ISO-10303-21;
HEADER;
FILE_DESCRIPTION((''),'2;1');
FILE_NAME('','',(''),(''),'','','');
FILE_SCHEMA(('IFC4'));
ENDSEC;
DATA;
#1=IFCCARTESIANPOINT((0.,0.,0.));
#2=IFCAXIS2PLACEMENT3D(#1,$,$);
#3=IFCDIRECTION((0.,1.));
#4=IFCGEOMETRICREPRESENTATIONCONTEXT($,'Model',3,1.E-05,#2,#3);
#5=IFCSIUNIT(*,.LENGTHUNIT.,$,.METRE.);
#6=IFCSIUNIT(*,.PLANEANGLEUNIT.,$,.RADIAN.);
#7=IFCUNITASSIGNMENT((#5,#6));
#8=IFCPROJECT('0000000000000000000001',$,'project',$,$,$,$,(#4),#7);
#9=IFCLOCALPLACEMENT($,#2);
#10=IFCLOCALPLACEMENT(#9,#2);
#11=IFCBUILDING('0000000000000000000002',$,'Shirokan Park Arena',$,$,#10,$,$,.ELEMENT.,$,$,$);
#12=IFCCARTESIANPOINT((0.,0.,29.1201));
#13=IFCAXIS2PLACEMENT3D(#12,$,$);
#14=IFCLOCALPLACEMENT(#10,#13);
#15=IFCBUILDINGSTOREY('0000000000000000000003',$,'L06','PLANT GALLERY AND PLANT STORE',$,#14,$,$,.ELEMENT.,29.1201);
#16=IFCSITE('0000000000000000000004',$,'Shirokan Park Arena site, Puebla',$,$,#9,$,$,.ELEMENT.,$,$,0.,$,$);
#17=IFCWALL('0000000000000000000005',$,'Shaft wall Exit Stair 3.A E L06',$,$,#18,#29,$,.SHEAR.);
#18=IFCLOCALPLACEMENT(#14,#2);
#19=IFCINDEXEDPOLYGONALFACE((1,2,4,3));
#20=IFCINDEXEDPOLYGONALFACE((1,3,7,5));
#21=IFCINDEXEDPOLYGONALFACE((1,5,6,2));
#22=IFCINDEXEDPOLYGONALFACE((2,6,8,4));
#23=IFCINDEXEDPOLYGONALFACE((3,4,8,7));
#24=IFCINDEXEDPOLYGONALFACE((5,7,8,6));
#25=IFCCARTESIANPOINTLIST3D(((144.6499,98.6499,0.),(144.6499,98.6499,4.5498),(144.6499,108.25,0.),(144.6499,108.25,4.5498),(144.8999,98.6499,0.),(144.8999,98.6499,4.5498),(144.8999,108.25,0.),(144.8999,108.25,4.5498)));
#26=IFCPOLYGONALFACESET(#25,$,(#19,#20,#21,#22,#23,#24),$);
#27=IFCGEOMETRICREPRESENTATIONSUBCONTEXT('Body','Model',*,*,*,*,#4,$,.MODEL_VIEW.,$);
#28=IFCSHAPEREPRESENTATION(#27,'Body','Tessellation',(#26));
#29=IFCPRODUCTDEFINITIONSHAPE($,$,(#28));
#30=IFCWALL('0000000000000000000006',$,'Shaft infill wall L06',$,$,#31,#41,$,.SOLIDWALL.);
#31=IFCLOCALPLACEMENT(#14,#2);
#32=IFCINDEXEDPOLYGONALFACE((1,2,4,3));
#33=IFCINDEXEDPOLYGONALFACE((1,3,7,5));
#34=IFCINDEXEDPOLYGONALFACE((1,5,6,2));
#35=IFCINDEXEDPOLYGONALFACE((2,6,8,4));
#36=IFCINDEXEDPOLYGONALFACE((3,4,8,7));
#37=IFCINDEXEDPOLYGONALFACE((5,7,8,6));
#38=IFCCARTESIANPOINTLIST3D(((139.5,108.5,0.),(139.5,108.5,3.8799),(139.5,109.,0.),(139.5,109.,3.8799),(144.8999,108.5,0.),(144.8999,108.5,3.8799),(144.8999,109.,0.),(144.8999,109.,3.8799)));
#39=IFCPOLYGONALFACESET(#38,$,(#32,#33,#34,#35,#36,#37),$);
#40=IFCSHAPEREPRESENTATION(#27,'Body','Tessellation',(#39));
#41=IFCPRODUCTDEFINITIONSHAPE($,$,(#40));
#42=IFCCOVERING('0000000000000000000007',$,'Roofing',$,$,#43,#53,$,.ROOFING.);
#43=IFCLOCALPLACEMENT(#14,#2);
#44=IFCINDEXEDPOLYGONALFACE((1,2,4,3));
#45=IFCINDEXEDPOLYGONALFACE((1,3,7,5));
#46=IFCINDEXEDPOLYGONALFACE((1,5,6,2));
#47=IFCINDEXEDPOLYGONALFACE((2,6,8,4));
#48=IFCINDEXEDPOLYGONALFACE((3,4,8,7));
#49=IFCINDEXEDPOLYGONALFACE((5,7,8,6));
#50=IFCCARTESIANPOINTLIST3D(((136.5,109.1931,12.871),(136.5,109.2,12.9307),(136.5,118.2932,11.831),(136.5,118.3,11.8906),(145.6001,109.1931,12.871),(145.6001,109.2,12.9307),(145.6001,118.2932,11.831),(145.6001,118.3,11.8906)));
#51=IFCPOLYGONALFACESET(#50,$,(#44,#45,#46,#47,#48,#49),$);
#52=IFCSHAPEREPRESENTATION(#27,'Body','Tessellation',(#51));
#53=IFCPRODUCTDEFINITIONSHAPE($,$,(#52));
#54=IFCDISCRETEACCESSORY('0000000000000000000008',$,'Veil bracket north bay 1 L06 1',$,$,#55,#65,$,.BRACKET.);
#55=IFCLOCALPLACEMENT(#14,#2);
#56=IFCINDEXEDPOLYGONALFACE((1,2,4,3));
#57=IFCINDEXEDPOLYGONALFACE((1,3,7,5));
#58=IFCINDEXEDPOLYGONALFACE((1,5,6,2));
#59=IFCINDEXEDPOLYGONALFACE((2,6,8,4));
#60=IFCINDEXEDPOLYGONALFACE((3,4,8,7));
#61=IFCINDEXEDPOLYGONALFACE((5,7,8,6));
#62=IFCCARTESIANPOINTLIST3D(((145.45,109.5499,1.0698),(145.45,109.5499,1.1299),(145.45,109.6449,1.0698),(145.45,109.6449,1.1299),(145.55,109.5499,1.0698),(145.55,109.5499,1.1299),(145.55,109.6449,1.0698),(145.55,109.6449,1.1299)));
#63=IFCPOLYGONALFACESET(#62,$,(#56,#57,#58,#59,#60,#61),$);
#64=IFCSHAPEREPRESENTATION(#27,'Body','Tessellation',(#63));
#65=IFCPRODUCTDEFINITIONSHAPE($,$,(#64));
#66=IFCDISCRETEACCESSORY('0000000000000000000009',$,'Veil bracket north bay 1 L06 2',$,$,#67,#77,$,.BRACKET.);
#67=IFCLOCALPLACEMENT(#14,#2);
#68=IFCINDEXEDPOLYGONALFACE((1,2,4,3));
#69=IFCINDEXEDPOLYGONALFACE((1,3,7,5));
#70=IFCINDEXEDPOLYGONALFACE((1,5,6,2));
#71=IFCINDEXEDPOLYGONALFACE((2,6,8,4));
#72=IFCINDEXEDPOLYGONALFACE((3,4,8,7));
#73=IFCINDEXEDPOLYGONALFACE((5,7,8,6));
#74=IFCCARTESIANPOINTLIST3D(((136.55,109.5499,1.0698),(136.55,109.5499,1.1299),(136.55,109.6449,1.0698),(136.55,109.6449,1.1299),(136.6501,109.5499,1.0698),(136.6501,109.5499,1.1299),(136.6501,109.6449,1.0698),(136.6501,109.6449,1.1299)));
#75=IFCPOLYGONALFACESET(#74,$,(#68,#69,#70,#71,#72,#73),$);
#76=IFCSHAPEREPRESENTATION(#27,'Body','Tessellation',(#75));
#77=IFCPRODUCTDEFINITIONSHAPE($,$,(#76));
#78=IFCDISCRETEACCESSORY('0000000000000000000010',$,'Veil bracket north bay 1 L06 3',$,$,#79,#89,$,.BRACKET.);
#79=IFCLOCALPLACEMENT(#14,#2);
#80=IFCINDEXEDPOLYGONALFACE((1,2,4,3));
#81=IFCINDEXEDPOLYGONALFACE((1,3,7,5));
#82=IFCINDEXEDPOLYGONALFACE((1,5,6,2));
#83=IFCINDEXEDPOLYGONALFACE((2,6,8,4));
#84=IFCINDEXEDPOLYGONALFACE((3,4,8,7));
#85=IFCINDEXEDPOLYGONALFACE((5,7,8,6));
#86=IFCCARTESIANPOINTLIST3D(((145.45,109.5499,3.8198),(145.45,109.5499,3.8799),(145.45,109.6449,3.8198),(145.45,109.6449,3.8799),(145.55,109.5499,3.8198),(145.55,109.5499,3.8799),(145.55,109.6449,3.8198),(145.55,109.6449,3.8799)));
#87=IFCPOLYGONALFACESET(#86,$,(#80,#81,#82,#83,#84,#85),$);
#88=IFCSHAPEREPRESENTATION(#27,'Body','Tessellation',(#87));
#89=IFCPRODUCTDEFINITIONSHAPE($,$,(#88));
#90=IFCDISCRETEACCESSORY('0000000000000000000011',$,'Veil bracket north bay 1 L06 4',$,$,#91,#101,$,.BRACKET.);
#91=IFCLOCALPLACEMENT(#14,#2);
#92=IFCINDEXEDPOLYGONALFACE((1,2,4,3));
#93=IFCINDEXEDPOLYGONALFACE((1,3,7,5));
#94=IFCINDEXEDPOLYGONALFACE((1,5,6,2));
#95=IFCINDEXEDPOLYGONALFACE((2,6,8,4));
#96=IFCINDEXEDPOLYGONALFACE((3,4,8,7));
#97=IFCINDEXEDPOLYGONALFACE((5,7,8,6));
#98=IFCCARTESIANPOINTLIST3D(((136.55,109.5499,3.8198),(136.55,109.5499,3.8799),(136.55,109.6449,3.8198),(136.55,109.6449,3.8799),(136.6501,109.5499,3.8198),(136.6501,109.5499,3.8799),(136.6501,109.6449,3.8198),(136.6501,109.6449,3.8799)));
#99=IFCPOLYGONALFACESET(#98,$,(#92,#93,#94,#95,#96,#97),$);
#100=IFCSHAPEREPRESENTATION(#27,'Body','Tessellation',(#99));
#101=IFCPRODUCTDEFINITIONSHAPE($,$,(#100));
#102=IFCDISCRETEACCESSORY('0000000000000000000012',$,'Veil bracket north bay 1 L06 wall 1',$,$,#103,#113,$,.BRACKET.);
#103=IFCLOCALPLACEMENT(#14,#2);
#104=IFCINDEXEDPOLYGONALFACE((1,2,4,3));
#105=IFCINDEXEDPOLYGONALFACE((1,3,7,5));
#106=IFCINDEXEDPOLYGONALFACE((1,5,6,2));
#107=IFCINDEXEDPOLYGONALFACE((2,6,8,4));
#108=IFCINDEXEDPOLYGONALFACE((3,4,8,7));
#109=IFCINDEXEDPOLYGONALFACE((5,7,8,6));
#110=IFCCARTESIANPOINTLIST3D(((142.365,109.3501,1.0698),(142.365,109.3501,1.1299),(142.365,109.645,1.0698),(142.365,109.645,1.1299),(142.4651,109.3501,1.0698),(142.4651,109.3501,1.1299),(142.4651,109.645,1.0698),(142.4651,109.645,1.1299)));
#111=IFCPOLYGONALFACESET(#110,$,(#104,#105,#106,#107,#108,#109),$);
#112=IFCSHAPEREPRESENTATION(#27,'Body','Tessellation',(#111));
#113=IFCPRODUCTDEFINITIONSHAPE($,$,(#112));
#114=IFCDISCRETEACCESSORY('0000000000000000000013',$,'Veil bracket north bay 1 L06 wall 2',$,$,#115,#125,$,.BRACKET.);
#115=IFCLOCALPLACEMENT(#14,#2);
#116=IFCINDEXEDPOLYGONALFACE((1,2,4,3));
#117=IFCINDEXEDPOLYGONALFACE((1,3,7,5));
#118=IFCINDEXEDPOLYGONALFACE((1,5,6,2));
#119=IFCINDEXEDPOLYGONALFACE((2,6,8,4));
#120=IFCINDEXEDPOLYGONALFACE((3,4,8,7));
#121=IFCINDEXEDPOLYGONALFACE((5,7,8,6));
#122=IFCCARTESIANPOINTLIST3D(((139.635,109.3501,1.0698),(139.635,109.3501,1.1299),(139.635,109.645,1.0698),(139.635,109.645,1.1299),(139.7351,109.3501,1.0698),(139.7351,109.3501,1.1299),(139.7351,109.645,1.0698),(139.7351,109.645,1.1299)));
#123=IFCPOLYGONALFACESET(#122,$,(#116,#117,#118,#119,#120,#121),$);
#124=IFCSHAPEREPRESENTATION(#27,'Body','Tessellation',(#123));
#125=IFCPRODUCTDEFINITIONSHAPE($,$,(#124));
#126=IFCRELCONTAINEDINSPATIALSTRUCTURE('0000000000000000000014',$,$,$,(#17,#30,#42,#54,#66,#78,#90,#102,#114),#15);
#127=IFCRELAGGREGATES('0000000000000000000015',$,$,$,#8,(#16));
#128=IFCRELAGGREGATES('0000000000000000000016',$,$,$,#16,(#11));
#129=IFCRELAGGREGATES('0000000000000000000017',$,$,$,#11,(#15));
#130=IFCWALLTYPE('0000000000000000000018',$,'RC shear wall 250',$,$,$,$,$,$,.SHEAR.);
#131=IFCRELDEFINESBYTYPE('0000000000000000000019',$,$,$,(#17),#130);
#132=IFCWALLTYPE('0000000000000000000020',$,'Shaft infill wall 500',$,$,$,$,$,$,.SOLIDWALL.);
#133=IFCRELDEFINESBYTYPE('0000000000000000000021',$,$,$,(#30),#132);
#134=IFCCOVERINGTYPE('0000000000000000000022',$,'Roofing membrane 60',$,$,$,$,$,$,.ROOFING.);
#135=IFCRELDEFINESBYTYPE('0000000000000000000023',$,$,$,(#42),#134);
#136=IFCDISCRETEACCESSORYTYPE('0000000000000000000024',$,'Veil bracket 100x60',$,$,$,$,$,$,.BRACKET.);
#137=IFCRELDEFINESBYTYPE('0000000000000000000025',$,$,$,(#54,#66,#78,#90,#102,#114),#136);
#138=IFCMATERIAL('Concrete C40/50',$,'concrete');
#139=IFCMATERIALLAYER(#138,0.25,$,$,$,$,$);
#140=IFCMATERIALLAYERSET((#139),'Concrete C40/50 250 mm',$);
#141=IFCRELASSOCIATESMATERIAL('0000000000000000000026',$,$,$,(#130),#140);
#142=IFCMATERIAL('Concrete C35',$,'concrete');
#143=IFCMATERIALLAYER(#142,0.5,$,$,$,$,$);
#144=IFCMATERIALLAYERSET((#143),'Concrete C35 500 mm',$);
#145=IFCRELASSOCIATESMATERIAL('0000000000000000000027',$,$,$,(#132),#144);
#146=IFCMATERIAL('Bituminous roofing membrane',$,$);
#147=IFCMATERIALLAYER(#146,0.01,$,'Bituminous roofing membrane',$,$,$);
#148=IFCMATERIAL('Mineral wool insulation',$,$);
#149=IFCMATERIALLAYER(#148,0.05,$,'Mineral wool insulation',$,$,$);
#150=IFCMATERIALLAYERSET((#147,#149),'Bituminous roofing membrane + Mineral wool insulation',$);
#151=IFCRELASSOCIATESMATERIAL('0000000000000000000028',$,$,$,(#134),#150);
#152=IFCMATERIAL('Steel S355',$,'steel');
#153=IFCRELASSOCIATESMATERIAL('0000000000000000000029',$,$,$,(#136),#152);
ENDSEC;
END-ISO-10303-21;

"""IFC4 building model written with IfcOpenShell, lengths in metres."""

from ifc_helpers import new_model, si_unit, direction, frame, frame_2d, origin, origin_2d, place, context, subcontext, project, spatial, polyline, rectangle, outline, extrude, material, layer, layer_set, type_object, element, save


model = new_model("IFC4")

# Units and contexts
model_context = context("Model", 3, precision=1e-05, world=origin(), true_north=direction((0.0, 1.0)))
body_context = subcontext(model_context, "Body", "Model", "MODEL_VIEW")
ifc_project = project(units=[si_unit("LENGTHUNIT", "METRE"), si_unit("PLANEANGLEUNIT", "RADIAN")], contexts=[model_context])

# Site, building, storey
site_placement = place(None, origin())
site = spatial("IfcSite", under=ifc_project, at=site_placement, Name="Shirokan Park Arena site, Puebla", CompositionType="ELEMENT", RefElevation=0.0)
building_placement = place(site_placement, origin())
building = spatial("IfcBuilding", under=site, at=building_placement, Name="Shirokan Park Arena", CompositionType="ELEMENT")
storey_placement = place(building_placement, frame((0.0, 0.0, 29.1201)))
storey = spatial("IfcBuildingStorey", under=building, at=storey_placement, Name="L06", Description="PLANT GALLERY AND PLANT STORE", CompositionType="ELEMENT", Elevation=29.1201)

# Shared definitions
ifc_material_1 = material(Name="Concrete C35", Category="concrete")

# Walls
ifc_material_2 = material(Name="Mineral wool insulation")
ifc_material_3 = material(Name="Concrete C40/50", Category="concrete")
ifc_layer_1 = layer(ifc_material_3, 0.25)
ifc_layer_set_1 = layer_set([ifc_layer_1], Name="Concrete C40/50 250 mm")
wall_type_1 = type_object("IfcWallType", Name="RC shear wall 250", PredefinedType="SHEAR", material=ifc_layer_set_1)
for number, where, z_axis, x_axis, name in (
    (1, (144.7749, 108.25, 0.0), (0.0, 0.0, 1.0), (0.0, -1.0, 0.0), "Shaft wall Exit Stair 3.A E L06"),
):
    element("IfcWall", number, at=place(storey_placement, frame(where, z_axis=z_axis, x_axis=x_axis)), inside=storey, type_object=wall_type_1, Name=name, PredefinedType="SHEAR", context=body_context, shape_type="SweptSolid", body=[
        extrude(rectangle(XDim=9.6001, YDim=0.25, at=frame_2d((4.8, 0.0))), origin(), (0.0, 0.0, 1.0), 4.5498),
    ])
ifc_layer_2 = layer(ifc_material_1, 0.5)
ifc_layer_set_2 = layer_set([ifc_layer_2], Name="Concrete C35 500 mm")
wall_type_2 = type_object("IfcWallType", Name="Shaft infill wall 500", PredefinedType="SOLIDWALL", material=ifc_layer_set_2)
wall_1_placement = place(storey_placement, frame((139.5, 108.75, 0.0), z_axis=(0.0, 0.0, 1.0), x_axis=(1.0, 0.0, 0.0)))
element("IfcWall", 2, at=wall_1_placement, inside=storey, type_object=wall_type_2, Name="Shaft infill wall L06", PredefinedType="SOLIDWALL", context=body_context, shape_type="SweptSolid", body=[
    extrude(rectangle(XDim=5.3999, YDim=0.5, at=frame_2d((2.7, 0.0))), origin(), (0.0, 0.0, 1.0), 3.8799),
])

# Covering
ifc_material_4 = material(Name="Bituminous roofing membrane")
ifc_layer_3 = layer(ifc_material_4, 0.01, Name="Bituminous roofing membrane")
ifc_layer_4 = layer(ifc_material_2, 0.05, Name="Mineral wool insulation")
ifc_layer_set_3 = layer_set([ifc_layer_3, ifc_layer_4], Name="Bituminous roofing membrane + Mineral wool insulation")
covering_type = type_object("IfcCoveringType", Name="Roofing membrane 60", PredefinedType="ROOFING", material=ifc_layer_set_3)
covering_placement = place(storey_placement, frame((136.5, 109.2, 12.9307), z_axis=(0.0, 0.11355, 0.993532), x_axis=(1.0, 0.0, 0.0)))
element("IfcCovering", 3, at=covering_placement, inside=storey, type_object=covering_type, Name="Roofing", PredefinedType="ROOFING", context=body_context, shape_type="SweptSolid", body=[
    extrude(outline(polyline([(0.0, 0.0), (9.1001, 0.0), (9.1001, 9.1593), (0.0, 9.1593), (0.0, 0.0)])), origin(), (0.0, 0.0, -1.0), 0.0601),
])

# Discrete accessories
ifc_material_5 = material(Name="Steel S355", Category="steel")
discrete_accessory_type = type_object("IfcDiscreteAccessoryType", Name="Veil bracket 100x60", PredefinedType="BRACKET", material=ifc_material_5)
for number, where, z_axis, x_axis, name in (
    (4, (145.5, 109.5974, 1.0698), (0.0, 0.0, 1.0), (-1.0, 0.0, 0.0), "Veil bracket north bay 1 L06 1"),
    (5, (136.6001, 109.5974, 1.0698), (0.0, 0.0, 1.0), (-1.0, 0.0, 0.0), "Veil bracket north bay 1 L06 2"),
    (6, (145.5, 109.5974, 3.8198), (0.0, 0.0, 1.0), (-1.0, 0.0, 0.0), "Veil bracket north bay 1 L06 3"),
    (7, (136.6001, 109.5974, 3.8198), (0.0, 0.0, 1.0), (-1.0, 0.0, 0.0), "Veil bracket north bay 1 L06 4"),
):
    element("IfcDiscreteAccessory", number, at=place(storey_placement, frame(where, z_axis=z_axis, x_axis=x_axis)), inside=storey, type_object=discrete_accessory_type, Name=name, PredefinedType="BRACKET", context=body_context, shape_type="SweptSolid", body=[
        extrude(rectangle(XDim=0.1001, YDim=0.095, at=origin_2d()), origin(), (0.0, 0.0, 1.0), 0.0601),
    ])
for number, where, z_axis, x_axis, name in (
    (8, (142.415, 109.4976, 1.0698), (0.0, 0.0, 1.0), (-1.0, 0.0, 0.0), "Veil bracket north bay 1 L06 wall 1"),
    (9, (139.6851, 109.4976, 1.0698), (0.0, 0.0, 1.0), (-1.0, 0.0, 0.0), "Veil bracket north bay 1 L06 wall 2"),
):
    element("IfcDiscreteAccessory", number, at=place(storey_placement, frame(where, z_axis=z_axis, x_axis=x_axis)), inside=storey, type_object=discrete_accessory_type, Name=name, PredefinedType="BRACKET", context=body_context, shape_type="SweptSolid", body=[
        extrude(rectangle(XDim=0.1001, YDim=0.2949, at=origin_2d()), origin(), (0.0, 0.0, 1.0), 0.0601),
    ])

save(model, "model.ifc")
